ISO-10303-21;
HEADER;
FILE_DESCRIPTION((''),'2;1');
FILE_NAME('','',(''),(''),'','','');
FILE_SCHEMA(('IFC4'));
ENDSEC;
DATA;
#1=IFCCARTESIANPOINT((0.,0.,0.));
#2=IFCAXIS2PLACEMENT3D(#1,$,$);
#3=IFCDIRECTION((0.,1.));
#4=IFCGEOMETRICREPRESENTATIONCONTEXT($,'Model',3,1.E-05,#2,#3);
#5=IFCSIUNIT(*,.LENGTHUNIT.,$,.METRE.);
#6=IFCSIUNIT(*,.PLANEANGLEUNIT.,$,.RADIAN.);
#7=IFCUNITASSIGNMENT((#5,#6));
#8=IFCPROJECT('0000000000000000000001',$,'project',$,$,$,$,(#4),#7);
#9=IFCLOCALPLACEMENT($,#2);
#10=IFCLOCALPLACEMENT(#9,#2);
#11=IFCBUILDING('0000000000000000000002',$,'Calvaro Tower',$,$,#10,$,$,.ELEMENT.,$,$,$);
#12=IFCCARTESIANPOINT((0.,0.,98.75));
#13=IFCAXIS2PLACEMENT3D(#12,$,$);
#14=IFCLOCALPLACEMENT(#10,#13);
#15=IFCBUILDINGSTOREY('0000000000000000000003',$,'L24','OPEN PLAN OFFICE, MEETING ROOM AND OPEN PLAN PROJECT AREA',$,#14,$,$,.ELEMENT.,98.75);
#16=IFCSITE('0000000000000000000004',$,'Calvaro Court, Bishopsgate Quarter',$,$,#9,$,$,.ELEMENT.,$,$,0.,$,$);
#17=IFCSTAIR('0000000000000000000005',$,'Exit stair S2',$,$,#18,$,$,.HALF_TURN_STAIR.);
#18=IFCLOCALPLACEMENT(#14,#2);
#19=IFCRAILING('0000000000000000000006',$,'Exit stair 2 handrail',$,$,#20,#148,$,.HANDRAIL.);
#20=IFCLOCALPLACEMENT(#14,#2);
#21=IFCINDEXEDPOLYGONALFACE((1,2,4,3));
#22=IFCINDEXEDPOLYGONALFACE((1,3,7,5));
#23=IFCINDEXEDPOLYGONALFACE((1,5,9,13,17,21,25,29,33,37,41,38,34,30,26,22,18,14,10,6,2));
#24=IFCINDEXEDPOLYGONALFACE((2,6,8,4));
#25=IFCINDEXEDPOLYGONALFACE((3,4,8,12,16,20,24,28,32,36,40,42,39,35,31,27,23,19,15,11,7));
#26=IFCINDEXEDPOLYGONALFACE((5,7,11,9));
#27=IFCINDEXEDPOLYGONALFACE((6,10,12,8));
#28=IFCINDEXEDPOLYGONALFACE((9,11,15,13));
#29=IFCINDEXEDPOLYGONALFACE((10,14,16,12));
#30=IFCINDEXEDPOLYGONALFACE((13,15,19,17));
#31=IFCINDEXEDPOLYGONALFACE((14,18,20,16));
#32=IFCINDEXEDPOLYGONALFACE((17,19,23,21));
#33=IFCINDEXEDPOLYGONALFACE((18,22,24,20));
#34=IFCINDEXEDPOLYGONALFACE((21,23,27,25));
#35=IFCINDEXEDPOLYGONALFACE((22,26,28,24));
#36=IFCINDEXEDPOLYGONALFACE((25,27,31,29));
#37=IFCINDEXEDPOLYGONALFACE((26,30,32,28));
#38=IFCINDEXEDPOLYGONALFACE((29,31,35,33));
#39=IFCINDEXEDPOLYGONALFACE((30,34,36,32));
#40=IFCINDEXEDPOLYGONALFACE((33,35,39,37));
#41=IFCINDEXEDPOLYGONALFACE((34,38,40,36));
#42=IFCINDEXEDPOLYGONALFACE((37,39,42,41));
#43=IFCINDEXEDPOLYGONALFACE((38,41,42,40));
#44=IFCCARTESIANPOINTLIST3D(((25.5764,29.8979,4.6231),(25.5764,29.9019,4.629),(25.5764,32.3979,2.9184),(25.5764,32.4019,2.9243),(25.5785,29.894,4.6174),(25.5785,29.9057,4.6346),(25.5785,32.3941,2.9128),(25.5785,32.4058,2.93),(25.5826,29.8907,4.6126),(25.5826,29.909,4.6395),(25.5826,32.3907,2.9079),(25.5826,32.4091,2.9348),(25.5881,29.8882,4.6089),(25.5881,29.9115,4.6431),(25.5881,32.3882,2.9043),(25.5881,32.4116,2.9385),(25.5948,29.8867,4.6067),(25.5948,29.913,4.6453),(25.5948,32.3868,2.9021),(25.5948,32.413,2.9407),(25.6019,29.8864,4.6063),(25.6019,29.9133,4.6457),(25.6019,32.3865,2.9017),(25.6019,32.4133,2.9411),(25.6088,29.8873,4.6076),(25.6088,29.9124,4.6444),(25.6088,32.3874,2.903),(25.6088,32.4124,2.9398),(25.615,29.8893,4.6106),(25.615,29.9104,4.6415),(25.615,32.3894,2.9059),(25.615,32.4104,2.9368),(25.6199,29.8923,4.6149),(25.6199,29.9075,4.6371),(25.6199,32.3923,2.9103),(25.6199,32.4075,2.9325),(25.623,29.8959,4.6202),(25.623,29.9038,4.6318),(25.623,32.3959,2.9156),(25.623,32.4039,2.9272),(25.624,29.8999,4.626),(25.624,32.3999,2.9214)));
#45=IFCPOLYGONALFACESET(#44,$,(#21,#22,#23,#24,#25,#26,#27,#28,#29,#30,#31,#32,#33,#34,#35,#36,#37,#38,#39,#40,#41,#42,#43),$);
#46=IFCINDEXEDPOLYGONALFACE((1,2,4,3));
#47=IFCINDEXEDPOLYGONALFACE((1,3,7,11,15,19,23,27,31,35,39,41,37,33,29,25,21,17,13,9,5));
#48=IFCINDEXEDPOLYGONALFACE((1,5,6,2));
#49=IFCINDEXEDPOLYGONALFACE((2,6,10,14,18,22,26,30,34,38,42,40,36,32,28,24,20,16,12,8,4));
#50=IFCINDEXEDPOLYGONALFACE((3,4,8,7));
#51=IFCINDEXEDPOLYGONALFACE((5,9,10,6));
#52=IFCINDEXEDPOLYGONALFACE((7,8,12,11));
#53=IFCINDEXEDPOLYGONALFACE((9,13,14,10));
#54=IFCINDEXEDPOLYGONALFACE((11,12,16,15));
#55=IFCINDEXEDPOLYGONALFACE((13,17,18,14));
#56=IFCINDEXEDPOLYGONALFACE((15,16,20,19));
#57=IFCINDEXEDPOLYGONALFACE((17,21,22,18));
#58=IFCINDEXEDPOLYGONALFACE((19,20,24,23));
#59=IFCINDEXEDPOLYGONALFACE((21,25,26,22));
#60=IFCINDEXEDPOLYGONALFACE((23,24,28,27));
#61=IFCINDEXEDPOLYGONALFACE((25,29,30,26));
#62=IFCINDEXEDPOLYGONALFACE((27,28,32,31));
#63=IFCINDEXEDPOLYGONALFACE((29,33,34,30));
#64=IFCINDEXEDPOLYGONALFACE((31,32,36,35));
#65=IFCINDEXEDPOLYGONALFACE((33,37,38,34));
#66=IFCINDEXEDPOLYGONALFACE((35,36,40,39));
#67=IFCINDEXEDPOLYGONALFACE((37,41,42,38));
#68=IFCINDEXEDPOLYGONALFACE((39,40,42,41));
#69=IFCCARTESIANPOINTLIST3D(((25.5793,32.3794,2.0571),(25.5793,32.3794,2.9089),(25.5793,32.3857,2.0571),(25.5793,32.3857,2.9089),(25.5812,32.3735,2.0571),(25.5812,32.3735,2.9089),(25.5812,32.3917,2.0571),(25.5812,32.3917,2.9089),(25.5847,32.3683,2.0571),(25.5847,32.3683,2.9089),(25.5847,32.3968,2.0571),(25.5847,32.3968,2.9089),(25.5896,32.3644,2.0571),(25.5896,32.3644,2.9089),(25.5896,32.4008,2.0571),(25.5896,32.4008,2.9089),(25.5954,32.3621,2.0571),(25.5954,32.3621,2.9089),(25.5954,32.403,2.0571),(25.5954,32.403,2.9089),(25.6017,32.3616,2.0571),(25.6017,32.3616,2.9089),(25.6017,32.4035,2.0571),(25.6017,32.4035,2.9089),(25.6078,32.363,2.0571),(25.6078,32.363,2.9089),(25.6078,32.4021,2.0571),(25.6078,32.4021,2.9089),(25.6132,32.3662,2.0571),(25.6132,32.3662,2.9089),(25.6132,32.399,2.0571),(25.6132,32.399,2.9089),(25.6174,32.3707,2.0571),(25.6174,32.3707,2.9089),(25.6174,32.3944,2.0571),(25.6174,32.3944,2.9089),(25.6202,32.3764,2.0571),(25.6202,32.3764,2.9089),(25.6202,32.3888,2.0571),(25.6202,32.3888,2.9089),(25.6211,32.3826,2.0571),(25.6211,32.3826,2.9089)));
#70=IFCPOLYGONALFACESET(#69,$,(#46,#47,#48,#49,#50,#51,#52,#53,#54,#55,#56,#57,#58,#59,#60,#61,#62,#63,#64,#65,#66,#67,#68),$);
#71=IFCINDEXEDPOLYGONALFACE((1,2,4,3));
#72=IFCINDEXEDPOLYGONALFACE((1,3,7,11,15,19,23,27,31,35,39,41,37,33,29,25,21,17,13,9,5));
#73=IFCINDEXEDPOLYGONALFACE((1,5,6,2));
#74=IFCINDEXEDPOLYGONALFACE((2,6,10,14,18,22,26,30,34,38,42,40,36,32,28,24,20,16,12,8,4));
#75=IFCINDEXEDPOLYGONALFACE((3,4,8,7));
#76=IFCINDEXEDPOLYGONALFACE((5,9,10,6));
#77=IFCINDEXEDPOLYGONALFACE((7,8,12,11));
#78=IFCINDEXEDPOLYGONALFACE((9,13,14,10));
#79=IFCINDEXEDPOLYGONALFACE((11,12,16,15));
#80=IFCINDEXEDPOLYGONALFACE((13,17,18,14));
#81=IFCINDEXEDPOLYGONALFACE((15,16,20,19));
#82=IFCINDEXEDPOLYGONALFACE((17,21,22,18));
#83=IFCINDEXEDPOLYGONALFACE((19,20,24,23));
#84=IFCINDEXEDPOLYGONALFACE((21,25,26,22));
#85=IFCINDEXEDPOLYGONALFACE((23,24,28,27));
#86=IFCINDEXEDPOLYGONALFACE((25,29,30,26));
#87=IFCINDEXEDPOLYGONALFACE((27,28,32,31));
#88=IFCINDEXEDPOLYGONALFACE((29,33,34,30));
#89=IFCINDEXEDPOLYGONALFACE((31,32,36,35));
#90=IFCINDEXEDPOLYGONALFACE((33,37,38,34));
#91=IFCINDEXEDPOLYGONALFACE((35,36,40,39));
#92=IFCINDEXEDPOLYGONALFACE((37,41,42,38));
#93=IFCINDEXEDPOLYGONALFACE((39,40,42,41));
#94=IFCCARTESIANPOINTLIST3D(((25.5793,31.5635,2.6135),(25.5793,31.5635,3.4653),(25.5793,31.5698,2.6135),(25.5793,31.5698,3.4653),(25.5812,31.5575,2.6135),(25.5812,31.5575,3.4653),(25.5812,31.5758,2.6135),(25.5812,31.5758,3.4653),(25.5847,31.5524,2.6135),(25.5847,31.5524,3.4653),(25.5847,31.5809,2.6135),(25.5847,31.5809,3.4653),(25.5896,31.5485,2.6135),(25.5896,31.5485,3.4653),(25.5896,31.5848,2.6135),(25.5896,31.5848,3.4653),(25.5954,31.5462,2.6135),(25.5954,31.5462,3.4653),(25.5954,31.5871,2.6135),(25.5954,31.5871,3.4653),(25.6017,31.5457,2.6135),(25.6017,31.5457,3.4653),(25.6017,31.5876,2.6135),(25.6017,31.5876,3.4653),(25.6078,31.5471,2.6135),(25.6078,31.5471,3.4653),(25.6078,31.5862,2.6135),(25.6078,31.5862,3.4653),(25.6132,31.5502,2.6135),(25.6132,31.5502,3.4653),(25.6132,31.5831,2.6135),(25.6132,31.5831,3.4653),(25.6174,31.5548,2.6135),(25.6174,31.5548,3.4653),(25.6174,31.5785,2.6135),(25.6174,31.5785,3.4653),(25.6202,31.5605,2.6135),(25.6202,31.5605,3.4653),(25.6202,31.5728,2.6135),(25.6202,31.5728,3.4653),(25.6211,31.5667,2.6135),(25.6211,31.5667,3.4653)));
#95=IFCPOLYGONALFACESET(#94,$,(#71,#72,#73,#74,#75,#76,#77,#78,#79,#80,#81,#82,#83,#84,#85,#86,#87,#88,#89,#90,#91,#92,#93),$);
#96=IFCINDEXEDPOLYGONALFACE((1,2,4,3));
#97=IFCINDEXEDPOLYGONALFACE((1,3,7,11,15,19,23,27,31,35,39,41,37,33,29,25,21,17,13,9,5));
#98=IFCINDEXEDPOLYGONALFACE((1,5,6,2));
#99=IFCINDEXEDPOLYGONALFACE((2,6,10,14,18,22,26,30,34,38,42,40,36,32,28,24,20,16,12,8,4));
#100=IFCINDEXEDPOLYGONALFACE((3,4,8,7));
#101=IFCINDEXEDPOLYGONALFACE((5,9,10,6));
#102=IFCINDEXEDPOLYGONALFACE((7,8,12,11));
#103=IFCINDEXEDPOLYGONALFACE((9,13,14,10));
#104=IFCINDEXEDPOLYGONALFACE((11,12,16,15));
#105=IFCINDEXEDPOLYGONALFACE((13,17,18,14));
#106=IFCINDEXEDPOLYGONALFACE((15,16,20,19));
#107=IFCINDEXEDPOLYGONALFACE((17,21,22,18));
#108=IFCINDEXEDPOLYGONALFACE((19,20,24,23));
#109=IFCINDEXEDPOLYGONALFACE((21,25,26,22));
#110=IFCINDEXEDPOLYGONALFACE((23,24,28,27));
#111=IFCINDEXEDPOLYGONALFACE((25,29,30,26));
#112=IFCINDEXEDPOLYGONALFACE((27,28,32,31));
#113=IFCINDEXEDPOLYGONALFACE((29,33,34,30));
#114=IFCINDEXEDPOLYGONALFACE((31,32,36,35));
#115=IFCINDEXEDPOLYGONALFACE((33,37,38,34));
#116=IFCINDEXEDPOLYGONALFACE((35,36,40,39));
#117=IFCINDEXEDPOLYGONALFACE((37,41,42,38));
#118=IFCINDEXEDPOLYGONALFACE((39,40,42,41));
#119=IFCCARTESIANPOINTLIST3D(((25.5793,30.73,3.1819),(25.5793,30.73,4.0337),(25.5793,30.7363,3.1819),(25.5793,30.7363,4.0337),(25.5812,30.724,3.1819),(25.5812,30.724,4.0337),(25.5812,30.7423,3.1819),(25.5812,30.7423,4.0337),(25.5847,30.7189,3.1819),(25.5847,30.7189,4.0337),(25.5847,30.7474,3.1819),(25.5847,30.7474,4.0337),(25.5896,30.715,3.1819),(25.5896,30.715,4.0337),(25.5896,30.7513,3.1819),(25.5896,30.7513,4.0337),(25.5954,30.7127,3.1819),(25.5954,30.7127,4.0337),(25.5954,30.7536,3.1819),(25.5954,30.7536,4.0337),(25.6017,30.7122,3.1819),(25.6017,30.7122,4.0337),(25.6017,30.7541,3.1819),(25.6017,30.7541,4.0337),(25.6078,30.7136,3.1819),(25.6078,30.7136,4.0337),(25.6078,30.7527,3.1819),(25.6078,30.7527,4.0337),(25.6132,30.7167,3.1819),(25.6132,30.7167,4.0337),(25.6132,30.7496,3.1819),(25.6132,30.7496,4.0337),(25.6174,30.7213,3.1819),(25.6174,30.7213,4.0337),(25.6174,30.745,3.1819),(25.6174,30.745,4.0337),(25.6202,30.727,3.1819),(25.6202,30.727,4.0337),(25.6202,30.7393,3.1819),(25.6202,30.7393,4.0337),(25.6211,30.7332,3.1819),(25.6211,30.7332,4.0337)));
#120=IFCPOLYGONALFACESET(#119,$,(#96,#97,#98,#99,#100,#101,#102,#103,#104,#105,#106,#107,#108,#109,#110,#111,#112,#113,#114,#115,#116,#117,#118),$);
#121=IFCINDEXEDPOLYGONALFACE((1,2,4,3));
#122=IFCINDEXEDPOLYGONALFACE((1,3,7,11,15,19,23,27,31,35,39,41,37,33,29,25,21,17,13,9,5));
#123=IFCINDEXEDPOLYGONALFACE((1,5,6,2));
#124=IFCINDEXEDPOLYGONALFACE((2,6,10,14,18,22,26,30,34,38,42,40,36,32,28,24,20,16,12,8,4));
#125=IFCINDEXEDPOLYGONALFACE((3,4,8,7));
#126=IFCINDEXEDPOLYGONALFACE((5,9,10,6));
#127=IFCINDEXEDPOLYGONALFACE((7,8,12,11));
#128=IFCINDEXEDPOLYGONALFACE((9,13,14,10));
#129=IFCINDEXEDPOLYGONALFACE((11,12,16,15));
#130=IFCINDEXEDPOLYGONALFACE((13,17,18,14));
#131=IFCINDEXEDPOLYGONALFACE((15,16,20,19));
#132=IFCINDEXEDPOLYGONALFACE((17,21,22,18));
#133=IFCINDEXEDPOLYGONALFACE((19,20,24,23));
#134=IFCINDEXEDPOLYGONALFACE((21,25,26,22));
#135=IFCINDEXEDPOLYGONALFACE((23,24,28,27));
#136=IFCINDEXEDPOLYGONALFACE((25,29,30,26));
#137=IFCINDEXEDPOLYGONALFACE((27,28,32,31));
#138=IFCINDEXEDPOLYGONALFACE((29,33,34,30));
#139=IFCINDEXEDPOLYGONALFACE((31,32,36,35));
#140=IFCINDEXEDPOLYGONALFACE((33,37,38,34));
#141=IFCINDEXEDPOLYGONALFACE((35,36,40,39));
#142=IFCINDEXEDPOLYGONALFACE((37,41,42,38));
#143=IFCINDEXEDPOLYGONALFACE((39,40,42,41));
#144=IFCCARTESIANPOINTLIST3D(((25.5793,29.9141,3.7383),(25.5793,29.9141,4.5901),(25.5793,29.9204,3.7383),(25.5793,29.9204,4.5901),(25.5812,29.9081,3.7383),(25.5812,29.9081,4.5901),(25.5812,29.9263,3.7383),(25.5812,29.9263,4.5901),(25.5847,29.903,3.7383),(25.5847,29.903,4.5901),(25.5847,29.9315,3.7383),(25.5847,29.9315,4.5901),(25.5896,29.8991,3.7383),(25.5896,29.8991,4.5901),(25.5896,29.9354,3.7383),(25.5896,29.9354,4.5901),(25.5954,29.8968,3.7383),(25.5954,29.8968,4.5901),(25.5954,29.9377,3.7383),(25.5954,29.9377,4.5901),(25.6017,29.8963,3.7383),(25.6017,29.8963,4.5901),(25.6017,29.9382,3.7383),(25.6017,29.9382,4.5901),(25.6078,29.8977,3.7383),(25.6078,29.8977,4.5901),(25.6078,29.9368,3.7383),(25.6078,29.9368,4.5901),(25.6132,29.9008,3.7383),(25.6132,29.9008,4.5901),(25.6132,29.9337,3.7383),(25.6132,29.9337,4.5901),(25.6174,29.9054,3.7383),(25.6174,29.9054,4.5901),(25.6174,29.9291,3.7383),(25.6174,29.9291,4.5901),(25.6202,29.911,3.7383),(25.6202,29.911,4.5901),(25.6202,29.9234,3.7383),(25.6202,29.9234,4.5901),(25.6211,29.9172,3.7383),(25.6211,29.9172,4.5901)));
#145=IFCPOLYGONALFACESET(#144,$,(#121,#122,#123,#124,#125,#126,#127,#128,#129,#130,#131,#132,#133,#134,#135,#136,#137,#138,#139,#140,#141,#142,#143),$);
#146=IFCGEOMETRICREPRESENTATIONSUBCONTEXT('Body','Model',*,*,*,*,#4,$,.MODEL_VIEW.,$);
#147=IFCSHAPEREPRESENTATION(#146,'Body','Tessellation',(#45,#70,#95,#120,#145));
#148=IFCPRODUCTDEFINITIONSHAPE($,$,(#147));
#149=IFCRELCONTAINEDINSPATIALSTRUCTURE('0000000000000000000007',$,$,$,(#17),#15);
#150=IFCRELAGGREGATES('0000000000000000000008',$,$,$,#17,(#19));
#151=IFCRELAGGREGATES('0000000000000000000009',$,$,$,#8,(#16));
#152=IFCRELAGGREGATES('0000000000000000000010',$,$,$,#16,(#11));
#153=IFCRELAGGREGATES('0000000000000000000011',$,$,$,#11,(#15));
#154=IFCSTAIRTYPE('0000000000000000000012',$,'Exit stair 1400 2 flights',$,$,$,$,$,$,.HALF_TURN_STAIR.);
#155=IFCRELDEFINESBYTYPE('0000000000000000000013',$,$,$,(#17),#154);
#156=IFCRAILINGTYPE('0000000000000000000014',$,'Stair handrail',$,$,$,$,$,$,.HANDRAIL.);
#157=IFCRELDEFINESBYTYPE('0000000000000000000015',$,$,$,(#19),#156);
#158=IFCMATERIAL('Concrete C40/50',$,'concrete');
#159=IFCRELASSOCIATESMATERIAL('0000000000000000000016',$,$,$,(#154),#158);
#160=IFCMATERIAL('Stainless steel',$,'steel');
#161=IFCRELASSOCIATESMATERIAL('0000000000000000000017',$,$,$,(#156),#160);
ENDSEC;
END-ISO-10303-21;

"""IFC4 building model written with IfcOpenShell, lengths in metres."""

from ifc_helpers import new_model, si_unit, direction, frame, origin, origin_2d, place, context, subcontext, project, spatial, circle, extrude, material, type_object, element, aggregate, save


model = new_model("IFC4")

# Units and contexts
model_context = context("Model", 3, precision=1e-05, world=origin(), true_north=direction((0.0, 1.0)))
body_context = subcontext(model_context, "Body", "Model", "MODEL_VIEW")
ifc_project = project(units=[si_unit("LENGTHUNIT", "METRE"), si_unit("PLANEANGLEUNIT", "RADIAN")], contexts=[model_context])

# Site, building, storey
site_placement = place(None, origin())
site = spatial("IfcSite", under=ifc_project, at=site_placement, Name="Calvaro Court, Bishopsgate Quarter", CompositionType="ELEMENT", RefElevation=0.0)
building_placement = place(site_placement, origin())
building = spatial("IfcBuilding", under=site, at=building_placement, Name="Calvaro Tower", CompositionType="ELEMENT")
storey_placement = place(building_placement, frame((0.0, 0.0, 98.75)))
storey = spatial("IfcBuildingStorey", under=building, at=storey_placement, Name="L24", Description="OPEN PLAN OFFICE, MEETING ROOM AND OPEN PLAN PROJECT AREA", CompositionType="ELEMENT", Elevation=98.75)

# Stair, railing
ifc_material_1 = material(Name="Concrete C40/50", Category="concrete")
stair_type = type_object("IfcStairType", Name="Exit stair 1400 2 flights", PredefinedType="HALF_TURN_STAIR", material=ifc_material_1)
stair_placement = place(storey_placement, origin())
stair = element("IfcStair", 1, at=stair_placement, inside=storey, type_object=stair_type, Name="Exit stair S2", PredefinedType="HALF_TURN_STAIR")
ifc_material_2 = material(Name="Stainless steel", Category="steel")
railing_type = type_object("IfcRailingType", Name="Stair handrail", PredefinedType="HANDRAIL", material=ifc_material_2)
railing_1_placement = place(storey_placement, frame((25.6001, 32.3999, 2.0454)))
railing_1 = element("IfcRailing", 2, at=railing_1_placement, type_object=railing_type, Name="Exit stair 2 handrail", PredefinedType="HANDRAIL", context=body_context, shape_type="SweptSolid", body=[
    extrude(circle(Radius=0.0239, at=origin_2d()), frame((0.0, 0.0, 0.876), z_axis=(0.0, -0.826221, 0.563347), x_axis=(1.0, 0.0, 0.0)), (0.0, 0.0, 1.0), 3.0259),
    extrude(circle(Radius=0.021, at=origin_2d()), frame((0.0, -0.0173, 0.0117)), (0.0, 0.0, 1.0), 0.8518),
    extrude(circle(Radius=0.021, at=origin_2d()), frame((0.0, -0.8333, 0.5681)), (0.0, 0.0, 1.0), 0.8518),
    extrude(circle(Radius=0.021, at=origin_2d()), frame((0.0, -1.6667, 1.1365)), (0.0, 0.0, 1.0), 0.8518),
    extrude(circle(Radius=0.021, at=origin_2d()), frame((0.0, -2.4827, 1.6929)), (0.0, 0.0, 1.0), 0.8518),
])
aggregate(stair, [railing_1])

save(model, "model.ifc")
